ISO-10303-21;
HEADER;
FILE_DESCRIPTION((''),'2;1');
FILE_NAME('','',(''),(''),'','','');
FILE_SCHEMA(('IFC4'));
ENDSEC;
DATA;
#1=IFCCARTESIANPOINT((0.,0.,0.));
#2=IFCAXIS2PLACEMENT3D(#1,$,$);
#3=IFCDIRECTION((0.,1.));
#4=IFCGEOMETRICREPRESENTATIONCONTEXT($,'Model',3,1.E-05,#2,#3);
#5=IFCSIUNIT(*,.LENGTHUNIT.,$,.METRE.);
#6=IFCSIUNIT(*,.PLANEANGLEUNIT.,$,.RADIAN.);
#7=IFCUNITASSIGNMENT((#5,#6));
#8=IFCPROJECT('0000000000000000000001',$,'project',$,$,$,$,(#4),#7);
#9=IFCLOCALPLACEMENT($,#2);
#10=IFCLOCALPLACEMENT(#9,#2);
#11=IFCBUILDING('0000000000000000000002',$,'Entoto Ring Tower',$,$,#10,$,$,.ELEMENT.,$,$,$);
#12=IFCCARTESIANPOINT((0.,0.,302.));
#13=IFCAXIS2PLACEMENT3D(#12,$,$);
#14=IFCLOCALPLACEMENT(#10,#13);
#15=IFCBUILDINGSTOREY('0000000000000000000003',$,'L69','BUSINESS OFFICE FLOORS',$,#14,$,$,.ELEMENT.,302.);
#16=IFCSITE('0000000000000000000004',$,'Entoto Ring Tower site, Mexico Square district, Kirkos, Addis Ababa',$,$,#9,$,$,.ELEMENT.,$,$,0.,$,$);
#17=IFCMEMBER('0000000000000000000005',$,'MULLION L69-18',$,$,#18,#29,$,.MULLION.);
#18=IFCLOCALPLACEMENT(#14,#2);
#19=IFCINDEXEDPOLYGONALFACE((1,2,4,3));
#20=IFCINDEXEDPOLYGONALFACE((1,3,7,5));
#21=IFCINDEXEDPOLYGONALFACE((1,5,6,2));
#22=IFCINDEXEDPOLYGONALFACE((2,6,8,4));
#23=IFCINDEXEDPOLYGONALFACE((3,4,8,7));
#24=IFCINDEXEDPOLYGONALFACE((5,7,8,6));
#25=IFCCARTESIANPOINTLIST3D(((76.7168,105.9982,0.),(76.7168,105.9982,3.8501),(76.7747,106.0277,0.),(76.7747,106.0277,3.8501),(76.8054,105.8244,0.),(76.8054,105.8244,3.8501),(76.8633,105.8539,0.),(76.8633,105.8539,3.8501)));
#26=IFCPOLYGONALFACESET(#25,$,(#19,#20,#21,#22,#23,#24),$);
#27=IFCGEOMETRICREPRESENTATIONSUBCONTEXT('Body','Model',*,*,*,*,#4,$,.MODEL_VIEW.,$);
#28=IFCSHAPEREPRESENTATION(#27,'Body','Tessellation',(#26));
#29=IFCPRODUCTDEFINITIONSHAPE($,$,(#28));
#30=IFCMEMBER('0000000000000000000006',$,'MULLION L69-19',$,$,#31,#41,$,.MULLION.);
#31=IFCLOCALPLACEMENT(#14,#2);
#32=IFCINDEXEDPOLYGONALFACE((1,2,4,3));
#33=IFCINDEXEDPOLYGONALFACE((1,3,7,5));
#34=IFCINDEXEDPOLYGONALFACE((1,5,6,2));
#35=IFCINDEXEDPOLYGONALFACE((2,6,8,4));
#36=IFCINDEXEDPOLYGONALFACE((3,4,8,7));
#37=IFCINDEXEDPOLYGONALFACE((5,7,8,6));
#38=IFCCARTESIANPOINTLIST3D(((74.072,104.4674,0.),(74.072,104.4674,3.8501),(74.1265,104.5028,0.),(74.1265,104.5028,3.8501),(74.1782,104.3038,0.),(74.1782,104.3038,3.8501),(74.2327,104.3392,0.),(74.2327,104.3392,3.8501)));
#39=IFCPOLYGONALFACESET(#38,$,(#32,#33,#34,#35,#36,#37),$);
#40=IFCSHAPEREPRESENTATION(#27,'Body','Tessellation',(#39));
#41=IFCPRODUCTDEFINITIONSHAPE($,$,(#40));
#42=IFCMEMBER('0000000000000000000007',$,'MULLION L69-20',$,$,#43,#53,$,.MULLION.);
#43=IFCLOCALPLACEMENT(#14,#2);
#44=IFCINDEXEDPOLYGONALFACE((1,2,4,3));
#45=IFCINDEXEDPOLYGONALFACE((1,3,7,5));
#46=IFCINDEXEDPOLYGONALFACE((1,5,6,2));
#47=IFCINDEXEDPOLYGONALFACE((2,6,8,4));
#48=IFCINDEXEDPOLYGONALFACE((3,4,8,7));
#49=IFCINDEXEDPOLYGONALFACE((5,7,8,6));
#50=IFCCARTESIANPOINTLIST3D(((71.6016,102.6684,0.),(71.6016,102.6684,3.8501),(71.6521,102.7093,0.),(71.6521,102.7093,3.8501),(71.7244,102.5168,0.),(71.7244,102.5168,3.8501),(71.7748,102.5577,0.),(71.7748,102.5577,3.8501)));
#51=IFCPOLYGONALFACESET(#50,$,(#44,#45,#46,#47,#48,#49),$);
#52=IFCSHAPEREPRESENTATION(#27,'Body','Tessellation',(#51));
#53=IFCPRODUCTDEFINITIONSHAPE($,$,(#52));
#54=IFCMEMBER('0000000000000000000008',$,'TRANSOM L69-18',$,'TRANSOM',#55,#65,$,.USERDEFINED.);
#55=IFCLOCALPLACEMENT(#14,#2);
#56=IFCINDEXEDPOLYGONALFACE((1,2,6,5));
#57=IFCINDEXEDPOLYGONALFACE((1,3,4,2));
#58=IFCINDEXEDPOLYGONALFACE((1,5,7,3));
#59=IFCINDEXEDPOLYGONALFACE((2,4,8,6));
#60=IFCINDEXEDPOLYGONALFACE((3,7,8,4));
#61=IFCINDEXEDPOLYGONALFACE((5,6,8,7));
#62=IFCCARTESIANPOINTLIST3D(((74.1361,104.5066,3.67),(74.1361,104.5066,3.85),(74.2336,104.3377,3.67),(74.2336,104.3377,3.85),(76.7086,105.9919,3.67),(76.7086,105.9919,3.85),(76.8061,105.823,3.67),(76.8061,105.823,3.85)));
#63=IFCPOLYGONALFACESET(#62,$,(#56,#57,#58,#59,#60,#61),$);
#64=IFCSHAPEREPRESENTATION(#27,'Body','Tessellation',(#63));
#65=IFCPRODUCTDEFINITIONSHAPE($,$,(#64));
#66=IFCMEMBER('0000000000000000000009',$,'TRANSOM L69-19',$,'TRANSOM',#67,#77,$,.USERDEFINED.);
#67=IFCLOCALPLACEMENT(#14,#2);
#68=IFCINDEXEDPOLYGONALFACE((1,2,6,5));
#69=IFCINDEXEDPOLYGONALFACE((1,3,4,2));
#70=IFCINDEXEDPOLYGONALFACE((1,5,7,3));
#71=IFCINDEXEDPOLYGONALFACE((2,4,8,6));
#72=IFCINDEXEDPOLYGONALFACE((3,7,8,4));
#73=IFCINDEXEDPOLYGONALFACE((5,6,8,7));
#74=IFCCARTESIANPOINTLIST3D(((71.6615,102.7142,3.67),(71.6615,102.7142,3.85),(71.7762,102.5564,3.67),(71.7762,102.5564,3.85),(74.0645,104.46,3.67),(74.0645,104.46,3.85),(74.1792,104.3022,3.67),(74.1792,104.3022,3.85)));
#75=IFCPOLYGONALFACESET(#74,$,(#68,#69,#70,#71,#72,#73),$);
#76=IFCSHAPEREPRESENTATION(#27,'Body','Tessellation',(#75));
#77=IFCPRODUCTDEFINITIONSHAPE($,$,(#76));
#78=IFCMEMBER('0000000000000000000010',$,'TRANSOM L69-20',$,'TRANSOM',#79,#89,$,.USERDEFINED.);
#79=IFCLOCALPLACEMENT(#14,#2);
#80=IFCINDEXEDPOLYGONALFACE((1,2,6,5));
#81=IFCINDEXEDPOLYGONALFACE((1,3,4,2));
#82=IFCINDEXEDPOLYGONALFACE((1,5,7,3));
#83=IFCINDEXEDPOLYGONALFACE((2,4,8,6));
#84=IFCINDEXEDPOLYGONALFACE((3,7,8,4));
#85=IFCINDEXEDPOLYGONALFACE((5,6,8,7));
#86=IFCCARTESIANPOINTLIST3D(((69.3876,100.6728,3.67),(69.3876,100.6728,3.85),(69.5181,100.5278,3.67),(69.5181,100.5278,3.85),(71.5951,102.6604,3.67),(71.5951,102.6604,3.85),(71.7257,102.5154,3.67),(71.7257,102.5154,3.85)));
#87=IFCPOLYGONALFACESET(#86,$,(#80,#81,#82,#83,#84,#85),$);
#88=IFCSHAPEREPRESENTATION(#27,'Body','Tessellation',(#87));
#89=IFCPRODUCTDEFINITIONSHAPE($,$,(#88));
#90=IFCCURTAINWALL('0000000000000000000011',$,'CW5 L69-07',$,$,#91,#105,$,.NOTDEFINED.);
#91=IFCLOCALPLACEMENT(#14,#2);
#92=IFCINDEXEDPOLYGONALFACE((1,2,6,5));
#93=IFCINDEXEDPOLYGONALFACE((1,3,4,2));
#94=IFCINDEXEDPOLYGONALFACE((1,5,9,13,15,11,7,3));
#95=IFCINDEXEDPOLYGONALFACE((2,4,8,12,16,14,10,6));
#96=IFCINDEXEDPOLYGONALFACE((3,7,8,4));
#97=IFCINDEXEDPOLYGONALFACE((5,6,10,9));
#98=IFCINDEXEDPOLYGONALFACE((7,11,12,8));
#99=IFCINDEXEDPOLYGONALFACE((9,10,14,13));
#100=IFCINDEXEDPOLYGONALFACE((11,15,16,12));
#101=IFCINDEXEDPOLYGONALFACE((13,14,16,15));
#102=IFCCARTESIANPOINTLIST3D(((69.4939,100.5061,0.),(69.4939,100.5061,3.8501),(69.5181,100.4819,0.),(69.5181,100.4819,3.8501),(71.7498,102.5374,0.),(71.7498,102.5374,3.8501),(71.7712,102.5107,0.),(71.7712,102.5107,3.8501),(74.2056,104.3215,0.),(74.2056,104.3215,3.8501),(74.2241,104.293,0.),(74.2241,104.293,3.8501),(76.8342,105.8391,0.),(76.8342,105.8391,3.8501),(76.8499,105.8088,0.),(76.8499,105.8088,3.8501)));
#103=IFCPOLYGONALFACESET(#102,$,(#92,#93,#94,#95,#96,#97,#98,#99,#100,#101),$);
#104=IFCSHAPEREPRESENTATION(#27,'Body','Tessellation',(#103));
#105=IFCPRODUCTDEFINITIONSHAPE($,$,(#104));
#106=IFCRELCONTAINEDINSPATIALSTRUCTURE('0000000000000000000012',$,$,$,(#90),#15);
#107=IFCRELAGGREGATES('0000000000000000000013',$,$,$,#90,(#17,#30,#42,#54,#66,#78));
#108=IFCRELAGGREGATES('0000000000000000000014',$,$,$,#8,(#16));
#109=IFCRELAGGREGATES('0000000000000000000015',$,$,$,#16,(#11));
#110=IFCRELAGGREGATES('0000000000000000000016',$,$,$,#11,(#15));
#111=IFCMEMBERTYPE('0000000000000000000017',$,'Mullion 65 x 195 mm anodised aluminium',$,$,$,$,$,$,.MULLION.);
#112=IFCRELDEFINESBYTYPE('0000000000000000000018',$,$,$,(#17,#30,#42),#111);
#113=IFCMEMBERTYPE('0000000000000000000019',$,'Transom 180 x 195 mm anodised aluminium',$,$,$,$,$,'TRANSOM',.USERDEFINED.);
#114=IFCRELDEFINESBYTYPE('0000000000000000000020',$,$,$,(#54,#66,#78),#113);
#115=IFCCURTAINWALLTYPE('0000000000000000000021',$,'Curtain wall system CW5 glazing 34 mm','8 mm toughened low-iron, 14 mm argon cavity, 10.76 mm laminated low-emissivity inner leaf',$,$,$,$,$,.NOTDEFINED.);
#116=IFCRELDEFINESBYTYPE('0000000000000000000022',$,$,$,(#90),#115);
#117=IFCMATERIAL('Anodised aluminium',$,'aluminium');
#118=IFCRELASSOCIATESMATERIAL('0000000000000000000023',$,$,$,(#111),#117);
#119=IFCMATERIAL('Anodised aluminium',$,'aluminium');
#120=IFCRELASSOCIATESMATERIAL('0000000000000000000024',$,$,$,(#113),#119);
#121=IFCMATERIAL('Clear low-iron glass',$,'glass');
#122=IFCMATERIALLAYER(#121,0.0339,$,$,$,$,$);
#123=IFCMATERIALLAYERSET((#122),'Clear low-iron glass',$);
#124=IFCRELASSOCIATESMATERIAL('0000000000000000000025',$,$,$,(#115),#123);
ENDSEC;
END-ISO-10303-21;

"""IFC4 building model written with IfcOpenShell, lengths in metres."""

from ifc_helpers import new_model, si_unit, direction, frame, origin, origin_2d, place, context, subcontext, project, spatial, polyline, rectangle, outline, extrude, material, layer, layer_set, material_profile, profile_set, type_object, element, aggregate, save


model = new_model("IFC4")

# Units and contexts
model_context = context("Model", 3, precision=1e-05, world=origin(), true_north=direction((0.0, 1.0)))
body_context = subcontext(model_context, "Body", "Model", "MODEL_VIEW")
ifc_project = project(units=[si_unit("LENGTHUNIT", "METRE"), si_unit("PLANEANGLEUNIT", "RADIAN")], contexts=[model_context])

# Members
ifc_material_1 = material(Name="Anodised aluminium", Category="aluminium")
ifc_material_profile_1 = material_profile(ifc_material_1, rectangle(XDim=0.0649, YDim=0.1951, at=origin_2d()), Name="Mullion 65 x 195 mm anodised aluminium")
ifc_profile_set_1 = profile_set([ifc_material_profile_1], Name="Anodised aluminium")
member_type_1 = type_object("IfcMemberType", Name="Mullion 65 x 195 mm anodised aluminium", PredefinedType="MULLION", material=ifc_profile_set_1)
site_placement = place(None, origin())
building_placement = place(site_placement, origin())
storey_placement = place(building_placement, frame((0.0, 0.0, 302.0)))
member_1_placement = place(storey_placement, frame((76.79, 105.926, 0.0), z_axis=(0.0, 0.0, 1.0), x_axis=(-0.891007, -0.45399, 0.0)))
member_1 = element("IfcMember", 1, at=member_1_placement, type_object=member_type_1, Name="MULLION L69-18", PredefinedType="MULLION", context=body_context, shape_type="SweptSolid", body=[
    extrude(rectangle(XDim=0.0649, YDim=0.1951, at=origin_2d()), origin(), (0.0, 0.0, 1.0), 3.8501),
])
member_2_placement = place(storey_placement, frame((74.1523, 104.4033, 0.0), z_axis=(0.0, 0.0, 1.0), x_axis=(-0.838671, -0.544639, 0.0)))
member_2 = element("IfcMember", 2, at=member_2_placement, type_object=member_type_1, Name="MULLION L69-19", PredefinedType="MULLION", context=body_context, shape_type="SweptSolid", body=[
    extrude(rectangle(XDim=0.0649, YDim=0.1951, at=origin_2d()), origin(), (0.0, 0.0, 1.0), 3.8501),
])
member_3_placement = place(storey_placement, frame((71.6882, 102.613, 0.0), z_axis=(0.0, 0.0, 1.0), x_axis=(-0.777146, -0.62932, 0.0)))
member_3 = element("IfcMember", 3, at=member_3_placement, type_object=member_type_1, Name="MULLION L69-20", PredefinedType="MULLION", context=body_context, shape_type="SweptSolid", body=[
    extrude(rectangle(XDim=0.0649, YDim=0.1951, at=origin_2d()), origin(), (0.0, 0.0, 1.0), 3.8501),
])
ifc_material_2 = material(Name="Anodised aluminium", Category="aluminium")
ifc_material_profile_2 = material_profile(ifc_material_2, rectangle(XDim=0.1951, YDim=0.1799, at=origin_2d()), Name="Transom 180 x 195 mm anodised aluminium")
ifc_profile_set_2 = profile_set([ifc_material_profile_2], Name="Anodised aluminium")
member_type_2 = type_object("IfcMemberType", Name="Transom 180 x 195 mm anodised aluminium", ElementType="TRANSOM", PredefinedType="USERDEFINED", material=ifc_profile_set_2)
member_4_placement = place(storey_placement, frame((76.7573, 105.9075, 3.76), z_axis=(-0.866009, -0.500028, 0.0), x_axis=(0.500028, -0.866009, 0.0)))
member_4 = element("IfcMember", 4, at=member_4_placement, type_object=member_type_2, Name="TRANSOM L69-18", ObjectType="TRANSOM", PredefinedType="USERDEFINED", context=body_context, shape_type="SweptSolid", body=[
    extrude(rectangle(XDim=0.1951, YDim=0.1799, at=origin_2d()), origin(), (0.0, 0.0, 1.0), 2.9705),
])
member_5_placement = place(storey_placement, frame((74.1218, 104.3811, 3.76), z_axis=(-0.809031, -0.587766, 0.0), x_axis=(0.587766, -0.809031, 0.0)))
member_5 = element("IfcMember", 5, at=member_5_placement, type_object=member_type_2, Name="TRANSOM L69-19", ObjectType="TRANSOM", PredefinedType="USERDEFINED", context=body_context, shape_type="SweptSolid", body=[
    extrude(rectangle(XDim=0.1951, YDim=0.1799, at=origin_2d()), origin(), (0.0, 0.0, 1.0), 2.9702),
])
member_6_placement = place(storey_placement, frame((71.6604, 102.5879, 3.76), z_axis=(-0.743163, -0.66911, 0.0), x_axis=(0.66911, -0.743163, 0.0)))
member_6 = element("IfcMember", 6, at=member_6_placement, type_object=member_type_2, Name="TRANSOM L69-20", ObjectType="TRANSOM", PredefinedType="USERDEFINED", context=body_context, shape_type="SweptSolid", body=[
    extrude(rectangle(XDim=0.1951, YDim=0.1799, at=origin_2d()), origin(), (0.0, 0.0, 1.0), 2.9705),
])

# Site, building, storey
site = spatial("IfcSite", under=ifc_project, at=site_placement, Name="Entoto Ring Tower site, Mexico Square district, Kirkos, Addis Ababa", CompositionType="ELEMENT", RefElevation=0.0)
building = spatial("IfcBuilding", under=site, at=building_placement, Name="Entoto Ring Tower", CompositionType="ELEMENT")
storey = spatial("IfcBuildingStorey", under=building, at=storey_placement, Name="L69", Description="BUSINESS OFFICE FLOORS", CompositionType="ELEMENT", Elevation=302.0)

# Curtain wall
ifc_material_3 = material(Name="Clear low-iron glass", Category="glass")
ifc_layer = layer(ifc_material_3, 0.0339)
ifc_layer_set = layer_set([ifc_layer], Name="Clear low-iron glass")
curtain_wall_type = type_object("IfcCurtainWallType", Name="Curtain wall system CW5 glazing 34 mm", Description="8 mm toughened low-iron, 14 mm argon cavity, 10.76 mm laminated low-emissivity inner leaf", PredefinedType="NOTDEFINED", material=ifc_layer_set)
curtain_wall_1_placement = place(storey_placement, origin())
curtain_wall_1 = element("IfcCurtainWall", 7, at=curtain_wall_1_placement, inside=storey, type_object=curtain_wall_type, Name="CW5 L69-07", PredefinedType="NOTDEFINED", context=body_context, shape_type="SweptSolid", body=[
    extrude(outline(polyline([(76.8342, 105.8391), (74.2056, 104.3215), (71.7498, 102.5374), (69.4939, 100.5061), (69.5181, 100.4819), (71.7712, 102.5107), (74.2241, 104.293), (76.8499, 105.8088), (76.8342, 105.8391)])), origin(), (0.0, 0.0, 1.0), 3.8501),
])
aggregate(curtain_wall_1, [member_1, member_2, member_3, member_4, member_5, member_6])

save(model, "model.ifc")
